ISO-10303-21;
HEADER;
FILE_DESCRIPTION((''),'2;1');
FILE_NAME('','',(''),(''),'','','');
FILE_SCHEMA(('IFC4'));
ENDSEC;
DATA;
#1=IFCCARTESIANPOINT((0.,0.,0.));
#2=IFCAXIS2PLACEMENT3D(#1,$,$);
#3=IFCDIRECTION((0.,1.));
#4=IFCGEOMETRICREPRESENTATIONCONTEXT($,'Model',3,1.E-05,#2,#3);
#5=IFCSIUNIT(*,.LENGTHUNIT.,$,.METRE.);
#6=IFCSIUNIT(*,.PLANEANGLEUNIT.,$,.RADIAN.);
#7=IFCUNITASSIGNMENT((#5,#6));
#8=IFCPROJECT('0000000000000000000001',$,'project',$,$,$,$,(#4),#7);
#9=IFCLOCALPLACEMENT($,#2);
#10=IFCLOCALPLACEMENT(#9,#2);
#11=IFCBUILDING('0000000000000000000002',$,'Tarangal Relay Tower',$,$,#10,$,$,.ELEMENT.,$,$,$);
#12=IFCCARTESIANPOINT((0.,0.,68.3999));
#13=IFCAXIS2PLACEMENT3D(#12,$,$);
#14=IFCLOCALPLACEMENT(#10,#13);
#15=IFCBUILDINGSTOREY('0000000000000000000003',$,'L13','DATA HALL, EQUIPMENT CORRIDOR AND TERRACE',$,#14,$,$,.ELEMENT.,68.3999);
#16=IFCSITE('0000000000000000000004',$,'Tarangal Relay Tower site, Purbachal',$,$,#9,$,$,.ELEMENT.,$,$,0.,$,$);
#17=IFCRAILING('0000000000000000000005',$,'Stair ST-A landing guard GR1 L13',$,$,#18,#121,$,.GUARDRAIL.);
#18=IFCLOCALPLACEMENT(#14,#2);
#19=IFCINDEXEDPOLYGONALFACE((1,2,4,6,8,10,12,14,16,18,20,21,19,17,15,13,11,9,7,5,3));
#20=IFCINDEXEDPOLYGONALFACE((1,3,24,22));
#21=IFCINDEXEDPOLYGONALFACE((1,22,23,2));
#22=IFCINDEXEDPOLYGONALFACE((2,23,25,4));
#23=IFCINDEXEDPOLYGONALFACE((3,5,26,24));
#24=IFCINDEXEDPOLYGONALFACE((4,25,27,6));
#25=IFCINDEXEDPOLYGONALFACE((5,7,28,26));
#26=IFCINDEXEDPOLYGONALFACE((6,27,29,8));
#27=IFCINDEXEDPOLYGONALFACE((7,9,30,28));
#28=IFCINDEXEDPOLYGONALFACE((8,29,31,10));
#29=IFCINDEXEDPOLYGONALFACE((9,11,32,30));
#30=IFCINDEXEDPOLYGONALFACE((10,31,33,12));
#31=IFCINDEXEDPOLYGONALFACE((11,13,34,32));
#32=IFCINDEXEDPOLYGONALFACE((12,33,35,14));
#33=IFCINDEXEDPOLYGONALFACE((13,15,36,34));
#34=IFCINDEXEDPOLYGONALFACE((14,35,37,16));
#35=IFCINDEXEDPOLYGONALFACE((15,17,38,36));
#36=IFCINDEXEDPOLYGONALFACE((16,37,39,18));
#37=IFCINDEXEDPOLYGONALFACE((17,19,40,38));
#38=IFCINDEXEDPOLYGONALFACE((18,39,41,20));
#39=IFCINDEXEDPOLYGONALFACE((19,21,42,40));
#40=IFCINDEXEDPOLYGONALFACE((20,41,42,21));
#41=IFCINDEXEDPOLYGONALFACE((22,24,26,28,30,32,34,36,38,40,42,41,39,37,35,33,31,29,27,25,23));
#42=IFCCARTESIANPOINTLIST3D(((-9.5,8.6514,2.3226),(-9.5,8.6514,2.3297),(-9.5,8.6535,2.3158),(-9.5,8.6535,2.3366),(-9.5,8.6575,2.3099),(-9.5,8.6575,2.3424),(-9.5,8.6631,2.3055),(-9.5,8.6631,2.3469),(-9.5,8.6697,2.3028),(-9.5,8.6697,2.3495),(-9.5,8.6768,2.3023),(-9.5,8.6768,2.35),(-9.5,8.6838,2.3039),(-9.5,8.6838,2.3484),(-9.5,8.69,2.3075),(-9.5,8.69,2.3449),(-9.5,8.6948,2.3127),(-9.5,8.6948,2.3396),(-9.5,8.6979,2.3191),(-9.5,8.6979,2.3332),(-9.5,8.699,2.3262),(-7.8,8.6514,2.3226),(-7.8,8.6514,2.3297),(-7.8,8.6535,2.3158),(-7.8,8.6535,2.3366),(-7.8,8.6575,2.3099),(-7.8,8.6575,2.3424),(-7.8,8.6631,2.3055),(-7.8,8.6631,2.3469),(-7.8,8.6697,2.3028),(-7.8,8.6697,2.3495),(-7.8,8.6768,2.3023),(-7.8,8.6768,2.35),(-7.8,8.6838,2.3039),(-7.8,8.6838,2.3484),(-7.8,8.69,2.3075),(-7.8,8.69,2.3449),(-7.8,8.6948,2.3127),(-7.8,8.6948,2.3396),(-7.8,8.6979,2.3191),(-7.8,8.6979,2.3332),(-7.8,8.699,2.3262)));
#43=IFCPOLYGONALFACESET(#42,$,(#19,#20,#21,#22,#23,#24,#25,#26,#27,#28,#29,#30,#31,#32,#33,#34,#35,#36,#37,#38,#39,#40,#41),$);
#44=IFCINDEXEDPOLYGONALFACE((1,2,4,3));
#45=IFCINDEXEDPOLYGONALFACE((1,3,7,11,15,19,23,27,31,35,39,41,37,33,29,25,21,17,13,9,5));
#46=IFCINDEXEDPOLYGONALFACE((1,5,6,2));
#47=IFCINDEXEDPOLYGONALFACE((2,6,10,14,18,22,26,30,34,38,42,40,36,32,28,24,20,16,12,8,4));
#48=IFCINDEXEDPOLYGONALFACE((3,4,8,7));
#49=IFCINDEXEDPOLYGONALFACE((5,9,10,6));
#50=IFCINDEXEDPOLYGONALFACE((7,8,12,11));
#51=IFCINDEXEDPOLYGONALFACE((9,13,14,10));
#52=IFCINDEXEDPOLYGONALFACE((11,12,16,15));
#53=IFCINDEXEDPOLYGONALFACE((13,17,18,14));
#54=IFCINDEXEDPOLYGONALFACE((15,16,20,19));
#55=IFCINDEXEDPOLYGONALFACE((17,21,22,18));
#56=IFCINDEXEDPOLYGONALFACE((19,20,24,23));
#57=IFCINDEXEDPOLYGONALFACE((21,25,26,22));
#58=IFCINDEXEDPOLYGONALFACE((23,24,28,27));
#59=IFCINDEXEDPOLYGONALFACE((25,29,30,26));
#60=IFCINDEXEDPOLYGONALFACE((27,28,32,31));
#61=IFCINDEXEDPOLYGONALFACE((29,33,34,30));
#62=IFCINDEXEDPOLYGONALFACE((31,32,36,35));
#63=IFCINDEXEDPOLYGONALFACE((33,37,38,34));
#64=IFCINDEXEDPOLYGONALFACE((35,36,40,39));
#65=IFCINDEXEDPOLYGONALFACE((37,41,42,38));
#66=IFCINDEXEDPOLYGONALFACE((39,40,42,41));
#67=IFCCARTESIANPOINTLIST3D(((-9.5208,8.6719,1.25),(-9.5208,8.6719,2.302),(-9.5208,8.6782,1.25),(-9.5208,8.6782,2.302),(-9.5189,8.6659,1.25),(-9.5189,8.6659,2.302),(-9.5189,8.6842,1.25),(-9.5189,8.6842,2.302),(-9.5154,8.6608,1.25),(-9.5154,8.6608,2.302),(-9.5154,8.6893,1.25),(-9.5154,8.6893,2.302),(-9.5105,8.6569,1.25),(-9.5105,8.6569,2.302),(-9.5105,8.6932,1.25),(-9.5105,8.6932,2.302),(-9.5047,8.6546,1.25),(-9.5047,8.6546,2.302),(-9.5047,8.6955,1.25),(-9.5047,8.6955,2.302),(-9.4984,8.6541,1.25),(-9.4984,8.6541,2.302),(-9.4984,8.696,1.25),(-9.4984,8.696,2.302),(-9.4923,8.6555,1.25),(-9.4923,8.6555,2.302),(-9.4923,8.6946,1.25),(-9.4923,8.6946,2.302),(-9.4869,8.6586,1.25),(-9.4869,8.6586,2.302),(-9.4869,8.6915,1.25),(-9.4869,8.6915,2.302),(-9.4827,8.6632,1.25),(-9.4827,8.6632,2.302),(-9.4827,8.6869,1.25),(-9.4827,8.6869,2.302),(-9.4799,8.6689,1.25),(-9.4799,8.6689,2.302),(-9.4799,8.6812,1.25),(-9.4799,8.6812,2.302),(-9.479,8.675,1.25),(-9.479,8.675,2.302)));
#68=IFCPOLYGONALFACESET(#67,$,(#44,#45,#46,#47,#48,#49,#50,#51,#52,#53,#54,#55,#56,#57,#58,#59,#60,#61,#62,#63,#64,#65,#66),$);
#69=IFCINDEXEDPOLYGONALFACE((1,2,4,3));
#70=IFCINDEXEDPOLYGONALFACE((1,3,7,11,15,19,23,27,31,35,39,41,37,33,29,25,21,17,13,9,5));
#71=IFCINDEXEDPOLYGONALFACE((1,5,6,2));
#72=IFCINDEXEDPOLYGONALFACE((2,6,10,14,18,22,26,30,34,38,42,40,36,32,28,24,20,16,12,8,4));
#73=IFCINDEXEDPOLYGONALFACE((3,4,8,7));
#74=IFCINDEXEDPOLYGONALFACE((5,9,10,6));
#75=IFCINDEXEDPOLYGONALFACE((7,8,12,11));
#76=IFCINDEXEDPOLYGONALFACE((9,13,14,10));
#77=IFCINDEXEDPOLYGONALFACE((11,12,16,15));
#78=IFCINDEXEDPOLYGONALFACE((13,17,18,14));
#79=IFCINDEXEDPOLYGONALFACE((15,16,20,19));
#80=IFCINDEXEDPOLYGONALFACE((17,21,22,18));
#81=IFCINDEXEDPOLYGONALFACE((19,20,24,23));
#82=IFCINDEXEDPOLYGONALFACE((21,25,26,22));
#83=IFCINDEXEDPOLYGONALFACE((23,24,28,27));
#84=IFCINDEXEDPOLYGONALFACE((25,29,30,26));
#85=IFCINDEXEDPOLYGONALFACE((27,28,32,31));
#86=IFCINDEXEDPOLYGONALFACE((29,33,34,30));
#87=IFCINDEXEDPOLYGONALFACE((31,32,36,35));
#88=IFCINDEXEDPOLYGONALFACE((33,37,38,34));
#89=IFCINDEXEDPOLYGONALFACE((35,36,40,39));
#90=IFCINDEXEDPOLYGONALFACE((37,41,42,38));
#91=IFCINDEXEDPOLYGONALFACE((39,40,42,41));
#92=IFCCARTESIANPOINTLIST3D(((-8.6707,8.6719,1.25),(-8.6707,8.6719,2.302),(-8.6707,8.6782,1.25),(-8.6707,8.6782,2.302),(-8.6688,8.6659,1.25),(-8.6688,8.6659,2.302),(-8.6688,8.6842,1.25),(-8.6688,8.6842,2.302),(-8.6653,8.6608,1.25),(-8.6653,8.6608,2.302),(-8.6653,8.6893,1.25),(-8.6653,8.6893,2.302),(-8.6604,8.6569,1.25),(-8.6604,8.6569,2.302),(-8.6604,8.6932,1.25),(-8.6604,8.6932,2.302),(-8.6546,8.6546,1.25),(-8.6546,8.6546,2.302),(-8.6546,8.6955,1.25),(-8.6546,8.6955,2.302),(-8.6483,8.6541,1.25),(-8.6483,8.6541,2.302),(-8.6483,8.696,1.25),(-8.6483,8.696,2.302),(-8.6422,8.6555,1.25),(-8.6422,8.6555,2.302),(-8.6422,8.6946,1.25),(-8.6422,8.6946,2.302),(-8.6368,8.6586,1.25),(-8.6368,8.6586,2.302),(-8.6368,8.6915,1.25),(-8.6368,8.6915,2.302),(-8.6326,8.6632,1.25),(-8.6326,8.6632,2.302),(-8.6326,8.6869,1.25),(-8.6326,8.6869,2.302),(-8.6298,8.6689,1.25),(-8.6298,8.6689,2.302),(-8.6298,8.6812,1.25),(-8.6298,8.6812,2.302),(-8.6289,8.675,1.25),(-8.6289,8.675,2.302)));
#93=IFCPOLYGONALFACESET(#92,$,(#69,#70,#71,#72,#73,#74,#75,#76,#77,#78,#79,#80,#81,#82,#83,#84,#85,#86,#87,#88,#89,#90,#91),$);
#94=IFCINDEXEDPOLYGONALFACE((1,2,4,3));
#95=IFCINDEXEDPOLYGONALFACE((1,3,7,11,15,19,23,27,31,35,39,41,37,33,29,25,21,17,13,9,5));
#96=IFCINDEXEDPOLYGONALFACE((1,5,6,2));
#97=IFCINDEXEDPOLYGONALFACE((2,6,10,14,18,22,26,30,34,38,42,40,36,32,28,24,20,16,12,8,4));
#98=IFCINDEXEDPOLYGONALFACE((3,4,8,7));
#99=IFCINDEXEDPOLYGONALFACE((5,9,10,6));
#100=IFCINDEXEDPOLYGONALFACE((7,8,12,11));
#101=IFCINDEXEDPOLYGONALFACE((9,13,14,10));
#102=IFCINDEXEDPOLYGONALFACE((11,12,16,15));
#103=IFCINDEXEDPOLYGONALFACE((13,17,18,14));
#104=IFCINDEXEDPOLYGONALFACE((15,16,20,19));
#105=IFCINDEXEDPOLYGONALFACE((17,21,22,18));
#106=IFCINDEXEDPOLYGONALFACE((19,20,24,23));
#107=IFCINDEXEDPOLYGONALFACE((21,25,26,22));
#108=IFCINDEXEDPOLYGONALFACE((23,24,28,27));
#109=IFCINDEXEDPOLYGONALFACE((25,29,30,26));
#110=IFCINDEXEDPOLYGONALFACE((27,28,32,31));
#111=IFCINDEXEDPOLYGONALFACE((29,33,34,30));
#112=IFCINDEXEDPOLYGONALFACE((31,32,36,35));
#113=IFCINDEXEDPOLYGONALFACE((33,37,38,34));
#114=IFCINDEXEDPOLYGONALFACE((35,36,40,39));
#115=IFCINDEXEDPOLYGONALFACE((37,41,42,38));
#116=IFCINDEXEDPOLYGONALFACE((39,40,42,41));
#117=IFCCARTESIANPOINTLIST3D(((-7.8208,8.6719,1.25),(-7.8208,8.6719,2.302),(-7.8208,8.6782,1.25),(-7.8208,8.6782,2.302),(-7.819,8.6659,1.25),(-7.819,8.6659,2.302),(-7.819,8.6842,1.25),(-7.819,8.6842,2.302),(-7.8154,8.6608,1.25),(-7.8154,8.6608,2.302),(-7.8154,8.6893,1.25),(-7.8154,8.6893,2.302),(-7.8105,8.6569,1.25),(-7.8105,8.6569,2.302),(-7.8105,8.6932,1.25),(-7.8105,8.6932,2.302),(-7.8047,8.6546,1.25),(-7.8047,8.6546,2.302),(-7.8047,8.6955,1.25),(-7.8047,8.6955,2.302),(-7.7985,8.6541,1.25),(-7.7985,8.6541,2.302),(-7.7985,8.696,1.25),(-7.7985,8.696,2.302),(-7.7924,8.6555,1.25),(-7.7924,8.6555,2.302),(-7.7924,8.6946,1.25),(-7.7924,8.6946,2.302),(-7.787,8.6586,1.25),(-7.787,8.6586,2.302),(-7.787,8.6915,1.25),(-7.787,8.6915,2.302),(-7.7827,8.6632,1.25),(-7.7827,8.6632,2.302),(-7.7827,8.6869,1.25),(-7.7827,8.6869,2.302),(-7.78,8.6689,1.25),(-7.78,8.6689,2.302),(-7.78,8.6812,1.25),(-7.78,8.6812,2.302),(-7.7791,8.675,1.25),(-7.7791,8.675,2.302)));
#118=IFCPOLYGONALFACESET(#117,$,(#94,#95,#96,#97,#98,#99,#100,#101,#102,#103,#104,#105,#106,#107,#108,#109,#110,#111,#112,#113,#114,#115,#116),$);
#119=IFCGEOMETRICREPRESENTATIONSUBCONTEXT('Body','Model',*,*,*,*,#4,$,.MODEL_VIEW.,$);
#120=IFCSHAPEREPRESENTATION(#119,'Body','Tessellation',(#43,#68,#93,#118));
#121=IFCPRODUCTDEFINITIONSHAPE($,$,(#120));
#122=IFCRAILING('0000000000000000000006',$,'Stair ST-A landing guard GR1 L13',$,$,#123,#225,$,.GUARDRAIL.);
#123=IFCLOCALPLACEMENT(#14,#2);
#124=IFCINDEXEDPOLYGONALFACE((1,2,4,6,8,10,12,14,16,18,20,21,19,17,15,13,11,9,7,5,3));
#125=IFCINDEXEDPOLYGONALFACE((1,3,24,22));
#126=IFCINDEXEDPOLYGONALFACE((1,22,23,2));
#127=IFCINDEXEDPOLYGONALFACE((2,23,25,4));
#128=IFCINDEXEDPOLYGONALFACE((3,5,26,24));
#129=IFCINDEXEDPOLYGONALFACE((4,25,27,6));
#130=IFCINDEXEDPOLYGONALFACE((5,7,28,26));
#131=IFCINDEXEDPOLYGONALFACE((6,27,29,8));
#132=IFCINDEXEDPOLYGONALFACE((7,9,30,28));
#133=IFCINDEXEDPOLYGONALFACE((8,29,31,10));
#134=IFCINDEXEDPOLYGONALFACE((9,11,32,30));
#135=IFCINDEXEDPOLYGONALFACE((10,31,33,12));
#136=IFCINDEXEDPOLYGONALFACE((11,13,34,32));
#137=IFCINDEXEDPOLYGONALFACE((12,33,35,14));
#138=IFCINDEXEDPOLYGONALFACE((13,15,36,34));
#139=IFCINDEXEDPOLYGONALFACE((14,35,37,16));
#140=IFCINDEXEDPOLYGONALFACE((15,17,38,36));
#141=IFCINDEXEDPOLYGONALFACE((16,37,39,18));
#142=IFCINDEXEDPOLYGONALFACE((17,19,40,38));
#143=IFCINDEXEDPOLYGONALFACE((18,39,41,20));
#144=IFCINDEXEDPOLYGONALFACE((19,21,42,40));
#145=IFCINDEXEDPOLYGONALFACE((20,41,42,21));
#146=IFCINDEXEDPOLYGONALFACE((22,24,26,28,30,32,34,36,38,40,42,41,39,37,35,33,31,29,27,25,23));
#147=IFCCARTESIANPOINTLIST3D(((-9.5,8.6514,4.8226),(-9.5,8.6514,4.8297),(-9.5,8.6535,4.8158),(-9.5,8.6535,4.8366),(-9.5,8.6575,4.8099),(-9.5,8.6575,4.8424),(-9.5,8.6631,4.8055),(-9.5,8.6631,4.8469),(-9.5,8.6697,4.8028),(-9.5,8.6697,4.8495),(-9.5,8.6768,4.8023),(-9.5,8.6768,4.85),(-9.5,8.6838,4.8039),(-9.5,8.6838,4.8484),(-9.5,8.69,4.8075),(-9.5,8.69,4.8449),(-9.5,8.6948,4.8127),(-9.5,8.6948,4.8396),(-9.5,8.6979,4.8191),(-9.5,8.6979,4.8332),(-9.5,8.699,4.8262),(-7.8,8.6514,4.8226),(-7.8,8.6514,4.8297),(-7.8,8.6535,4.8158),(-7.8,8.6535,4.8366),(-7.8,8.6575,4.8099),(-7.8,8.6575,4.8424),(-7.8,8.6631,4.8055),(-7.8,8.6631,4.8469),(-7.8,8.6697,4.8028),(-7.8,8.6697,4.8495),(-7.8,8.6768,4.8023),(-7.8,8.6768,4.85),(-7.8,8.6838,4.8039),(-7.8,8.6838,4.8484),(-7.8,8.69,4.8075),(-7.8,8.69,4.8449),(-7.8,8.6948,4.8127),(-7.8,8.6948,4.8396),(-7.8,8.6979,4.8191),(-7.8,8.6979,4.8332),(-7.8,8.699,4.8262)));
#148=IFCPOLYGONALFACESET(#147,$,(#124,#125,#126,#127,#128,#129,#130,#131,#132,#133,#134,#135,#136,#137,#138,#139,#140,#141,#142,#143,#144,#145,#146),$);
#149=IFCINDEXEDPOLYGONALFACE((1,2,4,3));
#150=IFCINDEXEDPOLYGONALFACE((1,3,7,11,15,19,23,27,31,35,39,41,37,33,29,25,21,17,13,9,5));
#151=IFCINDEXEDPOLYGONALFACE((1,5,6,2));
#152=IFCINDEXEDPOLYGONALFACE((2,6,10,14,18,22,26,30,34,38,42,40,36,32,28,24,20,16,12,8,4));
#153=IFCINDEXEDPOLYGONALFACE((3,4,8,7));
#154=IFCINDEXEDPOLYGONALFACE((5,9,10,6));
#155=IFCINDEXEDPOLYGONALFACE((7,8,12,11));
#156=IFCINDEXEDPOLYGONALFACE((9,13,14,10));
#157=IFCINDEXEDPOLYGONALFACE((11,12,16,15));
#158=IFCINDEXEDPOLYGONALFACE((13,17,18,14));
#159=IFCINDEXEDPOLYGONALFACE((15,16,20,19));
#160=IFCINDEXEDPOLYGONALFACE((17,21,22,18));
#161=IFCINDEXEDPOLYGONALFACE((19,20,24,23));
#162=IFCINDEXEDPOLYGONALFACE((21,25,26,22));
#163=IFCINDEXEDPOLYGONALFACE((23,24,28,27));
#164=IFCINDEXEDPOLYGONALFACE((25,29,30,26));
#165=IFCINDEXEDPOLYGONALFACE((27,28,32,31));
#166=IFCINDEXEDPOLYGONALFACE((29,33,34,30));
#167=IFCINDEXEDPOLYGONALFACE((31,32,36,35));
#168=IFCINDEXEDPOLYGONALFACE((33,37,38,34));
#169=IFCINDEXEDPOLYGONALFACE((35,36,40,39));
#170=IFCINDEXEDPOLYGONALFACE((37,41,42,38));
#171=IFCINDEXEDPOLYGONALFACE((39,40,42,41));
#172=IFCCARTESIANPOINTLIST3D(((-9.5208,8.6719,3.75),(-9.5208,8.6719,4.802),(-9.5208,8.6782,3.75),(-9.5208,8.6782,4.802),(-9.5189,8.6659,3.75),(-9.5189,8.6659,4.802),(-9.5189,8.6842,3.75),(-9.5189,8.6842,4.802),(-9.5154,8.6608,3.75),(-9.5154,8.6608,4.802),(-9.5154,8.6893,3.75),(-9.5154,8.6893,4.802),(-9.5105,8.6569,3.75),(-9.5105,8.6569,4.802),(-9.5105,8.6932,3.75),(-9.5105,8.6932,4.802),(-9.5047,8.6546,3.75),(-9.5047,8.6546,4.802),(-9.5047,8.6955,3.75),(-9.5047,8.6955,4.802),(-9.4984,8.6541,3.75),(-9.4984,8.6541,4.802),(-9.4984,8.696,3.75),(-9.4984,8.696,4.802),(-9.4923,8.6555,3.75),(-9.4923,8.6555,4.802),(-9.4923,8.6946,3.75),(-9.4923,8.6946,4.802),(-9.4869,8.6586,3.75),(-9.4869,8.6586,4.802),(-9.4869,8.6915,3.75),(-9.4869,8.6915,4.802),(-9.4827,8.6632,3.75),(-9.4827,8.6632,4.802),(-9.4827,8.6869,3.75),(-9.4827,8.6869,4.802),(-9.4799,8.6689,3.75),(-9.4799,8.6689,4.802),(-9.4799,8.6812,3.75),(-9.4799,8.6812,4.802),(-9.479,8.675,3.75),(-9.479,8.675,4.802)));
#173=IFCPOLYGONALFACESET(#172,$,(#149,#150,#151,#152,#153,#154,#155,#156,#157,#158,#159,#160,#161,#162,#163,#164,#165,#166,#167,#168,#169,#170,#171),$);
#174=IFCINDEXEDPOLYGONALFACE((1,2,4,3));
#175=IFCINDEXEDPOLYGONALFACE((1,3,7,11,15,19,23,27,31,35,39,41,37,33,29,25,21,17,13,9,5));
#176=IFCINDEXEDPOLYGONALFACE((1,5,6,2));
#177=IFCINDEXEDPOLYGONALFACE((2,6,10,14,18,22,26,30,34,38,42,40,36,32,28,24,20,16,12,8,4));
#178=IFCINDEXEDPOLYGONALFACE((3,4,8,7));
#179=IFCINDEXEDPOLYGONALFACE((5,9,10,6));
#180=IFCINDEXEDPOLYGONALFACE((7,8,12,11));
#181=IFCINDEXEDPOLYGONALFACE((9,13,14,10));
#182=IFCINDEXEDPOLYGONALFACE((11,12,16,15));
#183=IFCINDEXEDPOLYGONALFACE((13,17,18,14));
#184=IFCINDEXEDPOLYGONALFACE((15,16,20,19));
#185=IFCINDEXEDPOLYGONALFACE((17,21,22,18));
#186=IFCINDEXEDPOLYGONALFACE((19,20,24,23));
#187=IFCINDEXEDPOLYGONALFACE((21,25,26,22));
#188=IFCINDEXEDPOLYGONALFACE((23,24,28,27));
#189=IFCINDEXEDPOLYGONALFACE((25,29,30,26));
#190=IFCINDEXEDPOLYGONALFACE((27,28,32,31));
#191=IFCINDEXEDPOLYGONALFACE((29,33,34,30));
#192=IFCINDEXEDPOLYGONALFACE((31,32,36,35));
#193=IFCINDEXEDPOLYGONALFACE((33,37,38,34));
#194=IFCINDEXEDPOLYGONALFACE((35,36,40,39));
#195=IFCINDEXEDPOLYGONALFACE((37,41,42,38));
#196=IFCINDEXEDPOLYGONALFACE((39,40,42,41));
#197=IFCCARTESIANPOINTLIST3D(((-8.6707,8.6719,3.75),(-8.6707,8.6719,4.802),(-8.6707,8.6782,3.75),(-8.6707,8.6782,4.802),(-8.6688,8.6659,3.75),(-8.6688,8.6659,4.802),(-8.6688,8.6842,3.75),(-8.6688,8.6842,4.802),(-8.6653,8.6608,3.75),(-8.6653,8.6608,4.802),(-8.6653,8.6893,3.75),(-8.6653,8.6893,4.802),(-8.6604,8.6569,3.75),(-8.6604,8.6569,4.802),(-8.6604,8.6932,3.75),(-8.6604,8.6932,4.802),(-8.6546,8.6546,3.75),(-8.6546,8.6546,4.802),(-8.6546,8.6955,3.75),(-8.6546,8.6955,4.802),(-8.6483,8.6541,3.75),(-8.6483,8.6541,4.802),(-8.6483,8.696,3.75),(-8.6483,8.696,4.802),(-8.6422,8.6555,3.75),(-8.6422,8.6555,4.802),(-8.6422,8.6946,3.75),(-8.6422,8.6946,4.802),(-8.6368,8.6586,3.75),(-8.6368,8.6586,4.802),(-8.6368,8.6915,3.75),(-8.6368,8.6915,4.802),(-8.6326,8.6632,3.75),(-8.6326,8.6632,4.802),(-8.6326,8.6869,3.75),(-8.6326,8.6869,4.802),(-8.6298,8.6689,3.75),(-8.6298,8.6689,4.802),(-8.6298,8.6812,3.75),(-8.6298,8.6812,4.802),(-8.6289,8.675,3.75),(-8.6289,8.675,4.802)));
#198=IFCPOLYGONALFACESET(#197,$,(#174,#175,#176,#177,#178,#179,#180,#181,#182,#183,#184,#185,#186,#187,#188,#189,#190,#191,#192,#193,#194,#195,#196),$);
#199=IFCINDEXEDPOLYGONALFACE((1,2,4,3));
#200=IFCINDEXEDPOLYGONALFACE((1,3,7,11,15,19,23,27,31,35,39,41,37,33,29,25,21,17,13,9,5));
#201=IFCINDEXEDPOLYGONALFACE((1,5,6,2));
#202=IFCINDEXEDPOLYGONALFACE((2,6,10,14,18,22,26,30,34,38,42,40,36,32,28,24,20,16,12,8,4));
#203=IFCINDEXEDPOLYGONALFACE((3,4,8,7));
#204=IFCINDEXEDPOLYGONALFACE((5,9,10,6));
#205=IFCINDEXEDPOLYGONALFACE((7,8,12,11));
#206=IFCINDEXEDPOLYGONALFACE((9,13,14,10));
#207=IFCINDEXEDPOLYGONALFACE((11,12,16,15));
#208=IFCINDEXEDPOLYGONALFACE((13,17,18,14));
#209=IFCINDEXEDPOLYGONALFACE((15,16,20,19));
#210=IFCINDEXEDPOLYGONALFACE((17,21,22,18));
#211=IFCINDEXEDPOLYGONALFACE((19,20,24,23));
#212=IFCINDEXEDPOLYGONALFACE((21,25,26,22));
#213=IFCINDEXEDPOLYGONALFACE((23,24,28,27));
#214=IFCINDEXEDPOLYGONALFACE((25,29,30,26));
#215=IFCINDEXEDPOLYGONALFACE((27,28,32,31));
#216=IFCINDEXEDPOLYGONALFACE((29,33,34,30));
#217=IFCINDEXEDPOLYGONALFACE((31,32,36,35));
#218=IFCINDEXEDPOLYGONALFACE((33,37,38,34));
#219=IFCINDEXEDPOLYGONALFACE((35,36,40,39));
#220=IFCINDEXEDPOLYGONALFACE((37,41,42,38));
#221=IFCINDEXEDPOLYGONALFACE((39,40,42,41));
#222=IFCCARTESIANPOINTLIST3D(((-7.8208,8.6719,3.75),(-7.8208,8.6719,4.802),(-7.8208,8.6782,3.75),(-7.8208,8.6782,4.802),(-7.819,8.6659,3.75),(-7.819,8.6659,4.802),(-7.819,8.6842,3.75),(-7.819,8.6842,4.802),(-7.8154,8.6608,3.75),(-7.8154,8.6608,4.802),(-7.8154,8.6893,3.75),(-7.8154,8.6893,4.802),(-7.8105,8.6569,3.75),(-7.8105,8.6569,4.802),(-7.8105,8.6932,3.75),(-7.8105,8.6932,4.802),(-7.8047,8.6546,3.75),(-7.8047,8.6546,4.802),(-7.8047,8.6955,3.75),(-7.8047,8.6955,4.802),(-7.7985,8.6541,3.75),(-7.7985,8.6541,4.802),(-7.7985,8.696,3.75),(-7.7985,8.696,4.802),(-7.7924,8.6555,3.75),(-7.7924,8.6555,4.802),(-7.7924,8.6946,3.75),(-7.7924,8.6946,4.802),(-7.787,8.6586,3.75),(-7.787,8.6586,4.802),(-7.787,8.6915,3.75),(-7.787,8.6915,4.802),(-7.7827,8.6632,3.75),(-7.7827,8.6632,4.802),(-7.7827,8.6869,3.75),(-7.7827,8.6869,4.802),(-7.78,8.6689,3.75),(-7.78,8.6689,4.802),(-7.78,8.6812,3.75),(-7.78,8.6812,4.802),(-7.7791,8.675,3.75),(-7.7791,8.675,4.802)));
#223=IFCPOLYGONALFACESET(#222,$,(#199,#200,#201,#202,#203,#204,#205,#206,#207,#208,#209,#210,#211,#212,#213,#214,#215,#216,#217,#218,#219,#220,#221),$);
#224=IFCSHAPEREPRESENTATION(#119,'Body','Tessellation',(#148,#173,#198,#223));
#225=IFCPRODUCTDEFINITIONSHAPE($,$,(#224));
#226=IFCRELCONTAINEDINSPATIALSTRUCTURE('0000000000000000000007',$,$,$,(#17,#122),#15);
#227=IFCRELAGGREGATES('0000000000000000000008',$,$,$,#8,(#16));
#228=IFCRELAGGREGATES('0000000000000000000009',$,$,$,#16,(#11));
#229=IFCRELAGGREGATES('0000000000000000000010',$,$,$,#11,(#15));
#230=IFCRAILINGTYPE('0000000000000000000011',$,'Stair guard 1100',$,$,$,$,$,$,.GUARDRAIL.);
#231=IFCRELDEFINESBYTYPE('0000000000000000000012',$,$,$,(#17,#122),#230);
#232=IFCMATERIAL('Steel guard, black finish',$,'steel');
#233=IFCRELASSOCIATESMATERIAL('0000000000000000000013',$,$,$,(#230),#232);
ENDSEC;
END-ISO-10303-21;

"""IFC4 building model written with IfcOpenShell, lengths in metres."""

from ifc_helpers import new_model, si_unit, direction, frame, origin, origin_2d, place, context, subcontext, project, spatial, circle, extrude, material, type_object, element, save


model = new_model("IFC4")

# Units and contexts
model_context = context("Model", 3, precision=1e-05, world=origin(), true_north=direction((0.0, 1.0)))
body_context = subcontext(model_context, "Body", "Model", "MODEL_VIEW")
ifc_project = project(units=[si_unit("LENGTHUNIT", "METRE"), si_unit("PLANEANGLEUNIT", "RADIAN")], contexts=[model_context])

# Site, building, storey
site_placement = place(None, origin())
site = spatial("IfcSite", under=ifc_project, at=site_placement, Name="Tarangal Relay Tower site, Purbachal", CompositionType="ELEMENT", RefElevation=0.0)
building_placement = place(site_placement, origin())
building = spatial("IfcBuilding", under=site, at=building_placement, Name="Tarangal Relay Tower", CompositionType="ELEMENT")
storey_placement = place(building_placement, frame((0.0, 0.0, 68.3999)))
storey = spatial("IfcBuildingStorey", under=building, at=storey_placement, Name="L13", Description="DATA HALL, EQUIPMENT CORRIDOR AND TERRACE", CompositionType="ELEMENT", Elevation=68.3999)

# Railings
ifc_material_1 = material(Name="Steel guard, black finish", Category="steel")
railing_type_1 = type_object("IfcRailingType", Name="Stair guard 1100", PredefinedType="GUARDRAIL", material=ifc_material_1)
for number, where, name in (
    (1, (-9.5, 8.675, 1.25), "Stair ST-A landing guard GR1 L13"),
    (2, (-9.5, 8.675, 3.75), "Stair ST-A landing guard GR1 L13"),
):
    element("IfcRailing", number, at=place(storey_placement, frame(where)), inside=storey, type_object=railing_type_1, Name=name, PredefinedType="GUARDRAIL", context=body_context, shape_type="SweptSolid", body=[
        extrude(circle(Radius=0.0239, at=origin_2d()), frame((0.0, 0.0, 1.0762), z_axis=(1.0, 0.0, 0.0), x_axis=(0.0, 1.0, 0.0)), (0.0, 0.0, 1.0), 1.7),
        extrude(circle(Radius=0.021, at=origin_2d()), origin(), (0.0, 0.0, 1.0), 1.052),
        extrude(circle(Radius=0.021, at=origin_2d()), frame((0.8501, 0.0, 0.0)), (0.0, 0.0, 1.0), 1.052),
        extrude(circle(Radius=0.021, at=origin_2d()), frame((1.7, 0.0, 0.0)), (0.0, 0.0, 1.0), 1.052),
    ])

save(model, "model.ifc")
